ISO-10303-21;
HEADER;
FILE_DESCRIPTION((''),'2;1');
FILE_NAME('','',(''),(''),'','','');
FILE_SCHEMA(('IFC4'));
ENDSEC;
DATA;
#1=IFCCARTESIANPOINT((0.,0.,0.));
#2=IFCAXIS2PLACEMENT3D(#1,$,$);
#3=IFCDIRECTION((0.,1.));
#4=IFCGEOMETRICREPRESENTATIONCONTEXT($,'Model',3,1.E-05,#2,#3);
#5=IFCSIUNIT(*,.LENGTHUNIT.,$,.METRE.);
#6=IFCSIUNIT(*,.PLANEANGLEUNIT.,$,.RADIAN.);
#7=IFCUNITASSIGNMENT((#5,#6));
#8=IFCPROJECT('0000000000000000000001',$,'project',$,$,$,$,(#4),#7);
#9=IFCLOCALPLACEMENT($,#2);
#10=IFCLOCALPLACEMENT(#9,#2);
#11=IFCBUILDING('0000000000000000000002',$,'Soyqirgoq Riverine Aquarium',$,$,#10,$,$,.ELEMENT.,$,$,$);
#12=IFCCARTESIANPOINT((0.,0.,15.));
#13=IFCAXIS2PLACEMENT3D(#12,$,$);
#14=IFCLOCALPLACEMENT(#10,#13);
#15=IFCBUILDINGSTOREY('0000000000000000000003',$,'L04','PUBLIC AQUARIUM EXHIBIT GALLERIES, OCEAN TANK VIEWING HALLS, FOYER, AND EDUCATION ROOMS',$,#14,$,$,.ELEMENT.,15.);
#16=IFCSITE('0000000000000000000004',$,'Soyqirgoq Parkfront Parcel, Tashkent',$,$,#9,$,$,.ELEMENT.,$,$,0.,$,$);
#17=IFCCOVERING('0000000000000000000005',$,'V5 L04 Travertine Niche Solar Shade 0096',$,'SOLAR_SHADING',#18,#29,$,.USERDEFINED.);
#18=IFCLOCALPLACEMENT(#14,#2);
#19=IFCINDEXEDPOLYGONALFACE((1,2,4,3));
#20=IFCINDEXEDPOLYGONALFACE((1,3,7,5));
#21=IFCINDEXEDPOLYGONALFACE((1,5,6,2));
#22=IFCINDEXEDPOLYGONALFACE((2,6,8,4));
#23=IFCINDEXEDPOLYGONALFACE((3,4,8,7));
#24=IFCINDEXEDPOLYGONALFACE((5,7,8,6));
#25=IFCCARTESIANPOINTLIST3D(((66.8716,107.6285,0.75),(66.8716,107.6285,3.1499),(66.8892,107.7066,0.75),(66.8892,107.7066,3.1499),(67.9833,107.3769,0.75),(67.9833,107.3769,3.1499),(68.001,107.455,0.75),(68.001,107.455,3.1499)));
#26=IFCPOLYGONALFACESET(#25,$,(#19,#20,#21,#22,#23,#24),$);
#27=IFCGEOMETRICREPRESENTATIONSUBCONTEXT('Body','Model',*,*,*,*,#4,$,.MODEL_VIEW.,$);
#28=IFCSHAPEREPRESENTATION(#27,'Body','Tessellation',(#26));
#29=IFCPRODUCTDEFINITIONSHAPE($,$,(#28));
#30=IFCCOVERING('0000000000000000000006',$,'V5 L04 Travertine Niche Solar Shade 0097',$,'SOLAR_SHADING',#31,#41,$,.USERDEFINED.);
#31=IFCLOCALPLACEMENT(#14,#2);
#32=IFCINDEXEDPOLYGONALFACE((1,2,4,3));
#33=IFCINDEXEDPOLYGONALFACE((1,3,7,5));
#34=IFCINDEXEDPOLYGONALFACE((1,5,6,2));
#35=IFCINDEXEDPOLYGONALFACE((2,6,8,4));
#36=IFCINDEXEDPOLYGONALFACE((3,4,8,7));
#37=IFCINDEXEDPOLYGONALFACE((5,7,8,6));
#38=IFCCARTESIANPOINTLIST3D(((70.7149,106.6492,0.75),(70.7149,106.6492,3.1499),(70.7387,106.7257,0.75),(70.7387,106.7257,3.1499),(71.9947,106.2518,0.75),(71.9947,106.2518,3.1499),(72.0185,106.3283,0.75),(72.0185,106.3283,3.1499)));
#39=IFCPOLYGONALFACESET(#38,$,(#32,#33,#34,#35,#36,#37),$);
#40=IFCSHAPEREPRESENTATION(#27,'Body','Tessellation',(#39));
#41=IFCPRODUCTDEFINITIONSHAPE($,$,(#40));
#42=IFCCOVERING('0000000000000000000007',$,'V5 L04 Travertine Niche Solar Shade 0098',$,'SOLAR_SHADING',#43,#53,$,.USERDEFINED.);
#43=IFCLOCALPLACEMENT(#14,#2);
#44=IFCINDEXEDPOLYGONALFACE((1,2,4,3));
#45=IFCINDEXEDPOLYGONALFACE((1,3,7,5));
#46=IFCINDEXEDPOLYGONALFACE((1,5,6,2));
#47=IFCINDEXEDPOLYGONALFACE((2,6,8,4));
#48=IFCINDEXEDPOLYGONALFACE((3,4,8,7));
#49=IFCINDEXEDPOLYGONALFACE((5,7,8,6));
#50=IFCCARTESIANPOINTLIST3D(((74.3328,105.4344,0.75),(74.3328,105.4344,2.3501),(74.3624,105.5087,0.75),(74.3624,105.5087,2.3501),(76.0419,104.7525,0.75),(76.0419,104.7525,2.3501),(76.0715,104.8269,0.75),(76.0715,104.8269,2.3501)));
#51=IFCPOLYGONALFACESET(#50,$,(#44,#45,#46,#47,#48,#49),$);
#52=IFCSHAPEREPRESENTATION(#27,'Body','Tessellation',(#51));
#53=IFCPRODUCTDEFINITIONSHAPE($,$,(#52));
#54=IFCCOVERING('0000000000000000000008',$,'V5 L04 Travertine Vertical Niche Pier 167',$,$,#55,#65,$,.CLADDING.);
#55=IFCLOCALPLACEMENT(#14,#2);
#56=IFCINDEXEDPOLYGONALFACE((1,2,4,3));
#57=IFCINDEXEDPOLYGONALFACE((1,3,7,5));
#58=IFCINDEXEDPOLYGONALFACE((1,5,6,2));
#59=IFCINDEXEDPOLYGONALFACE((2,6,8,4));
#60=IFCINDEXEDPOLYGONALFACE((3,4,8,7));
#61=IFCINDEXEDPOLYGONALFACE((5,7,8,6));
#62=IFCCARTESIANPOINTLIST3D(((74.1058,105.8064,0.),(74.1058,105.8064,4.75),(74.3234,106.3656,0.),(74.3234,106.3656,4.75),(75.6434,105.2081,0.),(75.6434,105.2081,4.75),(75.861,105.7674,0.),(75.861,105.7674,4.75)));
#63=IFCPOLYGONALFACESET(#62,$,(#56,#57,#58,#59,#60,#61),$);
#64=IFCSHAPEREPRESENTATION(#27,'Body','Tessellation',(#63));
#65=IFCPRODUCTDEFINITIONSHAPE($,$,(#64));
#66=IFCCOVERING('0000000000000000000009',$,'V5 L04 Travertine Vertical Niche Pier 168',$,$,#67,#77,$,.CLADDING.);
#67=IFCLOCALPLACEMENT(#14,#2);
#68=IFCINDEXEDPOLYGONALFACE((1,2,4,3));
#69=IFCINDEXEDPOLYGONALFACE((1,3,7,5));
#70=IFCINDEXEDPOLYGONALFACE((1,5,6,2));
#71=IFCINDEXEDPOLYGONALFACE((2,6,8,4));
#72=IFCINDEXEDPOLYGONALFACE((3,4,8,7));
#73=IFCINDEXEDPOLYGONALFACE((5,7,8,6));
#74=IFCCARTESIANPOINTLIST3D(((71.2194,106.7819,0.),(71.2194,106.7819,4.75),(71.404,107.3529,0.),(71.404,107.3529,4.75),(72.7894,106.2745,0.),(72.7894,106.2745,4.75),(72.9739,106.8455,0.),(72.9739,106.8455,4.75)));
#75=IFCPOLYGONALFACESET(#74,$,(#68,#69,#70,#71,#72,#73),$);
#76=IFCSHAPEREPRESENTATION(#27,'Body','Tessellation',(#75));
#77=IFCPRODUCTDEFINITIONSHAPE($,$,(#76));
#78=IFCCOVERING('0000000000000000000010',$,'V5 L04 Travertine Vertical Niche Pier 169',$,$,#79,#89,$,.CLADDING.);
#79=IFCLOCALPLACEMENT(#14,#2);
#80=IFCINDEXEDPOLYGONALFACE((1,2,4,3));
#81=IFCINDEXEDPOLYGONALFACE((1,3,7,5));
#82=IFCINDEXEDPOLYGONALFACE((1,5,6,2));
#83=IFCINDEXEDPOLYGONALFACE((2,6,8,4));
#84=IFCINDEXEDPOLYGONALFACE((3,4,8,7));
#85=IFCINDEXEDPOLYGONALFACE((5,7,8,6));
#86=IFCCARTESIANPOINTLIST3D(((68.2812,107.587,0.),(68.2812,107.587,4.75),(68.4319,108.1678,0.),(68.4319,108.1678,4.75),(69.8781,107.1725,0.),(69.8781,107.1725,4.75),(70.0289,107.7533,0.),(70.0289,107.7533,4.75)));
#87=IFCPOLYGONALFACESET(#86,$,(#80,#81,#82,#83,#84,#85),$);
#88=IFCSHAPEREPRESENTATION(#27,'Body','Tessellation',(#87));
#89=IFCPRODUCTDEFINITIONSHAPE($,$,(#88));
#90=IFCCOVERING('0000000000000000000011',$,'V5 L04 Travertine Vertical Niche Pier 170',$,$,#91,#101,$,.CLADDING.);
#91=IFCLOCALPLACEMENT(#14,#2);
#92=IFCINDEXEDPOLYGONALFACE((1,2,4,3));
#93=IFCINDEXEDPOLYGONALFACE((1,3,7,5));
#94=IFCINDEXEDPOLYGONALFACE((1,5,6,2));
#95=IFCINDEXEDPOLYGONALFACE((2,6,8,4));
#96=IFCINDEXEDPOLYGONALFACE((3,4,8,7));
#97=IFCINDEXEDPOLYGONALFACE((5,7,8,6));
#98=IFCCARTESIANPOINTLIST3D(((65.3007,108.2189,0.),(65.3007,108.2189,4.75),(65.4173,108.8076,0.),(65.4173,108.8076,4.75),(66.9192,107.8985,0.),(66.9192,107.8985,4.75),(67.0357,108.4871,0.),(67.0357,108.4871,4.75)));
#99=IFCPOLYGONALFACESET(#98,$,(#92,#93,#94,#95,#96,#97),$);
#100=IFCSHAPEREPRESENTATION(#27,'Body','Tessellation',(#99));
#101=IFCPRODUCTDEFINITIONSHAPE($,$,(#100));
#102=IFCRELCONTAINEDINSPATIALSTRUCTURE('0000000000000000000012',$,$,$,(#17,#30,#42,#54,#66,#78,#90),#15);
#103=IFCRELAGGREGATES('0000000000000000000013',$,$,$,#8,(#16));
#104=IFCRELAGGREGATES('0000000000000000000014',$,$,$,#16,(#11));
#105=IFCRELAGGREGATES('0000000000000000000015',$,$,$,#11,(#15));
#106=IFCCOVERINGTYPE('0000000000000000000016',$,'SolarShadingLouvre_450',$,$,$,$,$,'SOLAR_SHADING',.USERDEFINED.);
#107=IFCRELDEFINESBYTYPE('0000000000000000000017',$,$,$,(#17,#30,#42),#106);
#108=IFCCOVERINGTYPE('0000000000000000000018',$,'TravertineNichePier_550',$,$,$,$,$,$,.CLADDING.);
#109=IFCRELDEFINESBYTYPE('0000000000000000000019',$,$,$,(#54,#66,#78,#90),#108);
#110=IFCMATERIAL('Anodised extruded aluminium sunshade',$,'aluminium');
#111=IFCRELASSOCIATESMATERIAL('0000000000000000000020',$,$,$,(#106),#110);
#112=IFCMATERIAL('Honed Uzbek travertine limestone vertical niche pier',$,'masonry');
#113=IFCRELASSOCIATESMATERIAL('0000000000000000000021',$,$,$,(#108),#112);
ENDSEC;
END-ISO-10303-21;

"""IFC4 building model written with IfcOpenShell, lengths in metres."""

from ifc_helpers import new_model, si_unit, direction, frame, origin, origin_2d, place, context, subcontext, project, spatial, rectangle, extrude, material, type_object, element, save


model = new_model("IFC4")

# Units and contexts
model_context = context("Model", 3, precision=1e-05, world=origin(), true_north=direction((0.0, 1.0)))
body_context = subcontext(model_context, "Body", "Model", "MODEL_VIEW")
ifc_project = project(units=[si_unit("LENGTHUNIT", "METRE"), si_unit("PLANEANGLEUNIT", "RADIAN")], contexts=[model_context])

# Site, building, storey
site_placement = place(None, origin())
site = spatial("IfcSite", under=ifc_project, at=site_placement, Name="Soyqirgoq Parkfront Parcel, Tashkent", CompositionType="ELEMENT", RefElevation=0.0)
building_placement = place(site_placement, origin())
building = spatial("IfcBuilding", under=site, at=building_placement, Name="Soyqirgoq Riverine Aquarium", CompositionType="ELEMENT")
storey_placement = place(building_placement, frame((0.0, 0.0, 15.0)))
storey = spatial("IfcBuildingStorey", under=building, at=storey_placement, Name="L04", Description="PUBLIC AQUARIUM EXHIBIT GALLERIES, OCEAN TANK VIEWING HALLS, FOYER, AND EDUCATION ROOMS", CompositionType="ELEMENT", Elevation=15.0)

# Coverings
ifc_material_1 = material(Name="Anodised extruded aluminium sunshade", Category="aluminium")
covering_type_1 = type_object("IfcCoveringType", Name="SolarShadingLouvre_450", ElementType="SOLAR_SHADING", PredefinedType="USERDEFINED", material=ifc_material_1)
covering_1_placement = place(storey_placement, frame((67.4363, 107.5417, 0.75), z_axis=(0.0, 0.0, 1.0), x_axis=(0.975342, -0.220697, 0.0)))
element("IfcCovering", 1, at=covering_1_placement, inside=storey, type_object=covering_type_1, Name="V5 L04 Travertine Niche Solar Shade 0096", ObjectType="SOLAR_SHADING", PredefinedType="USERDEFINED", context=body_context, shape_type="SweptSolid", body=[
    extrude(rectangle(XDim=1.1399, YDim=0.0801, at=origin_2d()), origin(), (0.0, 0.0, 1.0), 2.3999),
])
covering_2_placement = place(storey_placement, frame((71.3667, 106.4888, 0.75), z_axis=(0.0, 0.0, 1.0), x_axis=(0.95502, -0.296542, 0.0)))
element("IfcCovering", 2, at=covering_2_placement, inside=storey, type_object=covering_type_1, Name="V5 L04 Travertine Niche Solar Shade 0097", ObjectType="SOLAR_SHADING", PredefinedType="USERDEFINED", context=body_context, shape_type="SweptSolid", body=[
    extrude(rectangle(XDim=1.3401, YDim=0.0801, at=origin_2d()), origin(), (0.0, 0.0, 1.0), 2.3999),
])
covering_3_placement = place(storey_placement, frame((75.2021, 105.1306, 0.75), z_axis=(0.0, 0.0, 1.0), x_axis=(0.92881, -0.370557, 0.0)))
element("IfcCovering", 3, at=covering_3_placement, inside=storey, type_object=covering_type_1, Name="V5 L04 Travertine Niche Solar Shade 0098", ObjectType="SOLAR_SHADING", PredefinedType="USERDEFINED", context=body_context, shape_type="SweptSolid", body=[
    extrude(rectangle(XDim=1.8401, YDim=0.0801, at=origin_2d()), origin(), (0.0, 0.0, 1.0), 1.6001),
])
ifc_material_2 = material(Name="Honed Uzbek travertine limestone vertical niche pier", Category="masonry")
covering_type_2 = type_object("IfcCoveringType", Name="TravertineNichePier_550", PredefinedType="CLADDING", material=ifc_material_2)
for number, where, z_axis, x_axis, name in (
    (4, (74.9834, 105.7869, 0.0), (0.0, 0.0, 1.0), (0.362601, 0.931945, 0.0), "V5 L04 Travertine Vertical Niche Pier 167"),
    (5, (72.0967, 106.8137, 0.0), (0.0, 0.0, 1.0), (0.307523, 0.951541, 0.0), "V5 L04 Travertine Vertical Niche Pier 168"),
    (6, (69.155, 107.6702, 0.0), (0.0, 0.0, 1.0), (0.251225, 0.967929, 0.0), "V5 L04 Travertine Vertical Niche Pier 169"),
    (7, (66.1682, 108.353, 0.0), (0.0, 0.0, 1.0), (0.194234, 0.980955, 0.0), "V5 L04 Travertine Vertical Niche Pier 170"),
):
    element("IfcCovering", number, at=place(storey_placement, frame(where, z_axis=z_axis, x_axis=x_axis)), inside=storey, type_object=covering_type_2, Name=name, PredefinedType="CLADDING", context=body_context, shape_type="SweptSolid", body=[
        extrude(rectangle(XDim=0.6001, YDim=1.6499, at=origin_2d()), origin(), (0.0, 0.0, 1.0), 4.75),
    ])

save(model, "model.ifc")
